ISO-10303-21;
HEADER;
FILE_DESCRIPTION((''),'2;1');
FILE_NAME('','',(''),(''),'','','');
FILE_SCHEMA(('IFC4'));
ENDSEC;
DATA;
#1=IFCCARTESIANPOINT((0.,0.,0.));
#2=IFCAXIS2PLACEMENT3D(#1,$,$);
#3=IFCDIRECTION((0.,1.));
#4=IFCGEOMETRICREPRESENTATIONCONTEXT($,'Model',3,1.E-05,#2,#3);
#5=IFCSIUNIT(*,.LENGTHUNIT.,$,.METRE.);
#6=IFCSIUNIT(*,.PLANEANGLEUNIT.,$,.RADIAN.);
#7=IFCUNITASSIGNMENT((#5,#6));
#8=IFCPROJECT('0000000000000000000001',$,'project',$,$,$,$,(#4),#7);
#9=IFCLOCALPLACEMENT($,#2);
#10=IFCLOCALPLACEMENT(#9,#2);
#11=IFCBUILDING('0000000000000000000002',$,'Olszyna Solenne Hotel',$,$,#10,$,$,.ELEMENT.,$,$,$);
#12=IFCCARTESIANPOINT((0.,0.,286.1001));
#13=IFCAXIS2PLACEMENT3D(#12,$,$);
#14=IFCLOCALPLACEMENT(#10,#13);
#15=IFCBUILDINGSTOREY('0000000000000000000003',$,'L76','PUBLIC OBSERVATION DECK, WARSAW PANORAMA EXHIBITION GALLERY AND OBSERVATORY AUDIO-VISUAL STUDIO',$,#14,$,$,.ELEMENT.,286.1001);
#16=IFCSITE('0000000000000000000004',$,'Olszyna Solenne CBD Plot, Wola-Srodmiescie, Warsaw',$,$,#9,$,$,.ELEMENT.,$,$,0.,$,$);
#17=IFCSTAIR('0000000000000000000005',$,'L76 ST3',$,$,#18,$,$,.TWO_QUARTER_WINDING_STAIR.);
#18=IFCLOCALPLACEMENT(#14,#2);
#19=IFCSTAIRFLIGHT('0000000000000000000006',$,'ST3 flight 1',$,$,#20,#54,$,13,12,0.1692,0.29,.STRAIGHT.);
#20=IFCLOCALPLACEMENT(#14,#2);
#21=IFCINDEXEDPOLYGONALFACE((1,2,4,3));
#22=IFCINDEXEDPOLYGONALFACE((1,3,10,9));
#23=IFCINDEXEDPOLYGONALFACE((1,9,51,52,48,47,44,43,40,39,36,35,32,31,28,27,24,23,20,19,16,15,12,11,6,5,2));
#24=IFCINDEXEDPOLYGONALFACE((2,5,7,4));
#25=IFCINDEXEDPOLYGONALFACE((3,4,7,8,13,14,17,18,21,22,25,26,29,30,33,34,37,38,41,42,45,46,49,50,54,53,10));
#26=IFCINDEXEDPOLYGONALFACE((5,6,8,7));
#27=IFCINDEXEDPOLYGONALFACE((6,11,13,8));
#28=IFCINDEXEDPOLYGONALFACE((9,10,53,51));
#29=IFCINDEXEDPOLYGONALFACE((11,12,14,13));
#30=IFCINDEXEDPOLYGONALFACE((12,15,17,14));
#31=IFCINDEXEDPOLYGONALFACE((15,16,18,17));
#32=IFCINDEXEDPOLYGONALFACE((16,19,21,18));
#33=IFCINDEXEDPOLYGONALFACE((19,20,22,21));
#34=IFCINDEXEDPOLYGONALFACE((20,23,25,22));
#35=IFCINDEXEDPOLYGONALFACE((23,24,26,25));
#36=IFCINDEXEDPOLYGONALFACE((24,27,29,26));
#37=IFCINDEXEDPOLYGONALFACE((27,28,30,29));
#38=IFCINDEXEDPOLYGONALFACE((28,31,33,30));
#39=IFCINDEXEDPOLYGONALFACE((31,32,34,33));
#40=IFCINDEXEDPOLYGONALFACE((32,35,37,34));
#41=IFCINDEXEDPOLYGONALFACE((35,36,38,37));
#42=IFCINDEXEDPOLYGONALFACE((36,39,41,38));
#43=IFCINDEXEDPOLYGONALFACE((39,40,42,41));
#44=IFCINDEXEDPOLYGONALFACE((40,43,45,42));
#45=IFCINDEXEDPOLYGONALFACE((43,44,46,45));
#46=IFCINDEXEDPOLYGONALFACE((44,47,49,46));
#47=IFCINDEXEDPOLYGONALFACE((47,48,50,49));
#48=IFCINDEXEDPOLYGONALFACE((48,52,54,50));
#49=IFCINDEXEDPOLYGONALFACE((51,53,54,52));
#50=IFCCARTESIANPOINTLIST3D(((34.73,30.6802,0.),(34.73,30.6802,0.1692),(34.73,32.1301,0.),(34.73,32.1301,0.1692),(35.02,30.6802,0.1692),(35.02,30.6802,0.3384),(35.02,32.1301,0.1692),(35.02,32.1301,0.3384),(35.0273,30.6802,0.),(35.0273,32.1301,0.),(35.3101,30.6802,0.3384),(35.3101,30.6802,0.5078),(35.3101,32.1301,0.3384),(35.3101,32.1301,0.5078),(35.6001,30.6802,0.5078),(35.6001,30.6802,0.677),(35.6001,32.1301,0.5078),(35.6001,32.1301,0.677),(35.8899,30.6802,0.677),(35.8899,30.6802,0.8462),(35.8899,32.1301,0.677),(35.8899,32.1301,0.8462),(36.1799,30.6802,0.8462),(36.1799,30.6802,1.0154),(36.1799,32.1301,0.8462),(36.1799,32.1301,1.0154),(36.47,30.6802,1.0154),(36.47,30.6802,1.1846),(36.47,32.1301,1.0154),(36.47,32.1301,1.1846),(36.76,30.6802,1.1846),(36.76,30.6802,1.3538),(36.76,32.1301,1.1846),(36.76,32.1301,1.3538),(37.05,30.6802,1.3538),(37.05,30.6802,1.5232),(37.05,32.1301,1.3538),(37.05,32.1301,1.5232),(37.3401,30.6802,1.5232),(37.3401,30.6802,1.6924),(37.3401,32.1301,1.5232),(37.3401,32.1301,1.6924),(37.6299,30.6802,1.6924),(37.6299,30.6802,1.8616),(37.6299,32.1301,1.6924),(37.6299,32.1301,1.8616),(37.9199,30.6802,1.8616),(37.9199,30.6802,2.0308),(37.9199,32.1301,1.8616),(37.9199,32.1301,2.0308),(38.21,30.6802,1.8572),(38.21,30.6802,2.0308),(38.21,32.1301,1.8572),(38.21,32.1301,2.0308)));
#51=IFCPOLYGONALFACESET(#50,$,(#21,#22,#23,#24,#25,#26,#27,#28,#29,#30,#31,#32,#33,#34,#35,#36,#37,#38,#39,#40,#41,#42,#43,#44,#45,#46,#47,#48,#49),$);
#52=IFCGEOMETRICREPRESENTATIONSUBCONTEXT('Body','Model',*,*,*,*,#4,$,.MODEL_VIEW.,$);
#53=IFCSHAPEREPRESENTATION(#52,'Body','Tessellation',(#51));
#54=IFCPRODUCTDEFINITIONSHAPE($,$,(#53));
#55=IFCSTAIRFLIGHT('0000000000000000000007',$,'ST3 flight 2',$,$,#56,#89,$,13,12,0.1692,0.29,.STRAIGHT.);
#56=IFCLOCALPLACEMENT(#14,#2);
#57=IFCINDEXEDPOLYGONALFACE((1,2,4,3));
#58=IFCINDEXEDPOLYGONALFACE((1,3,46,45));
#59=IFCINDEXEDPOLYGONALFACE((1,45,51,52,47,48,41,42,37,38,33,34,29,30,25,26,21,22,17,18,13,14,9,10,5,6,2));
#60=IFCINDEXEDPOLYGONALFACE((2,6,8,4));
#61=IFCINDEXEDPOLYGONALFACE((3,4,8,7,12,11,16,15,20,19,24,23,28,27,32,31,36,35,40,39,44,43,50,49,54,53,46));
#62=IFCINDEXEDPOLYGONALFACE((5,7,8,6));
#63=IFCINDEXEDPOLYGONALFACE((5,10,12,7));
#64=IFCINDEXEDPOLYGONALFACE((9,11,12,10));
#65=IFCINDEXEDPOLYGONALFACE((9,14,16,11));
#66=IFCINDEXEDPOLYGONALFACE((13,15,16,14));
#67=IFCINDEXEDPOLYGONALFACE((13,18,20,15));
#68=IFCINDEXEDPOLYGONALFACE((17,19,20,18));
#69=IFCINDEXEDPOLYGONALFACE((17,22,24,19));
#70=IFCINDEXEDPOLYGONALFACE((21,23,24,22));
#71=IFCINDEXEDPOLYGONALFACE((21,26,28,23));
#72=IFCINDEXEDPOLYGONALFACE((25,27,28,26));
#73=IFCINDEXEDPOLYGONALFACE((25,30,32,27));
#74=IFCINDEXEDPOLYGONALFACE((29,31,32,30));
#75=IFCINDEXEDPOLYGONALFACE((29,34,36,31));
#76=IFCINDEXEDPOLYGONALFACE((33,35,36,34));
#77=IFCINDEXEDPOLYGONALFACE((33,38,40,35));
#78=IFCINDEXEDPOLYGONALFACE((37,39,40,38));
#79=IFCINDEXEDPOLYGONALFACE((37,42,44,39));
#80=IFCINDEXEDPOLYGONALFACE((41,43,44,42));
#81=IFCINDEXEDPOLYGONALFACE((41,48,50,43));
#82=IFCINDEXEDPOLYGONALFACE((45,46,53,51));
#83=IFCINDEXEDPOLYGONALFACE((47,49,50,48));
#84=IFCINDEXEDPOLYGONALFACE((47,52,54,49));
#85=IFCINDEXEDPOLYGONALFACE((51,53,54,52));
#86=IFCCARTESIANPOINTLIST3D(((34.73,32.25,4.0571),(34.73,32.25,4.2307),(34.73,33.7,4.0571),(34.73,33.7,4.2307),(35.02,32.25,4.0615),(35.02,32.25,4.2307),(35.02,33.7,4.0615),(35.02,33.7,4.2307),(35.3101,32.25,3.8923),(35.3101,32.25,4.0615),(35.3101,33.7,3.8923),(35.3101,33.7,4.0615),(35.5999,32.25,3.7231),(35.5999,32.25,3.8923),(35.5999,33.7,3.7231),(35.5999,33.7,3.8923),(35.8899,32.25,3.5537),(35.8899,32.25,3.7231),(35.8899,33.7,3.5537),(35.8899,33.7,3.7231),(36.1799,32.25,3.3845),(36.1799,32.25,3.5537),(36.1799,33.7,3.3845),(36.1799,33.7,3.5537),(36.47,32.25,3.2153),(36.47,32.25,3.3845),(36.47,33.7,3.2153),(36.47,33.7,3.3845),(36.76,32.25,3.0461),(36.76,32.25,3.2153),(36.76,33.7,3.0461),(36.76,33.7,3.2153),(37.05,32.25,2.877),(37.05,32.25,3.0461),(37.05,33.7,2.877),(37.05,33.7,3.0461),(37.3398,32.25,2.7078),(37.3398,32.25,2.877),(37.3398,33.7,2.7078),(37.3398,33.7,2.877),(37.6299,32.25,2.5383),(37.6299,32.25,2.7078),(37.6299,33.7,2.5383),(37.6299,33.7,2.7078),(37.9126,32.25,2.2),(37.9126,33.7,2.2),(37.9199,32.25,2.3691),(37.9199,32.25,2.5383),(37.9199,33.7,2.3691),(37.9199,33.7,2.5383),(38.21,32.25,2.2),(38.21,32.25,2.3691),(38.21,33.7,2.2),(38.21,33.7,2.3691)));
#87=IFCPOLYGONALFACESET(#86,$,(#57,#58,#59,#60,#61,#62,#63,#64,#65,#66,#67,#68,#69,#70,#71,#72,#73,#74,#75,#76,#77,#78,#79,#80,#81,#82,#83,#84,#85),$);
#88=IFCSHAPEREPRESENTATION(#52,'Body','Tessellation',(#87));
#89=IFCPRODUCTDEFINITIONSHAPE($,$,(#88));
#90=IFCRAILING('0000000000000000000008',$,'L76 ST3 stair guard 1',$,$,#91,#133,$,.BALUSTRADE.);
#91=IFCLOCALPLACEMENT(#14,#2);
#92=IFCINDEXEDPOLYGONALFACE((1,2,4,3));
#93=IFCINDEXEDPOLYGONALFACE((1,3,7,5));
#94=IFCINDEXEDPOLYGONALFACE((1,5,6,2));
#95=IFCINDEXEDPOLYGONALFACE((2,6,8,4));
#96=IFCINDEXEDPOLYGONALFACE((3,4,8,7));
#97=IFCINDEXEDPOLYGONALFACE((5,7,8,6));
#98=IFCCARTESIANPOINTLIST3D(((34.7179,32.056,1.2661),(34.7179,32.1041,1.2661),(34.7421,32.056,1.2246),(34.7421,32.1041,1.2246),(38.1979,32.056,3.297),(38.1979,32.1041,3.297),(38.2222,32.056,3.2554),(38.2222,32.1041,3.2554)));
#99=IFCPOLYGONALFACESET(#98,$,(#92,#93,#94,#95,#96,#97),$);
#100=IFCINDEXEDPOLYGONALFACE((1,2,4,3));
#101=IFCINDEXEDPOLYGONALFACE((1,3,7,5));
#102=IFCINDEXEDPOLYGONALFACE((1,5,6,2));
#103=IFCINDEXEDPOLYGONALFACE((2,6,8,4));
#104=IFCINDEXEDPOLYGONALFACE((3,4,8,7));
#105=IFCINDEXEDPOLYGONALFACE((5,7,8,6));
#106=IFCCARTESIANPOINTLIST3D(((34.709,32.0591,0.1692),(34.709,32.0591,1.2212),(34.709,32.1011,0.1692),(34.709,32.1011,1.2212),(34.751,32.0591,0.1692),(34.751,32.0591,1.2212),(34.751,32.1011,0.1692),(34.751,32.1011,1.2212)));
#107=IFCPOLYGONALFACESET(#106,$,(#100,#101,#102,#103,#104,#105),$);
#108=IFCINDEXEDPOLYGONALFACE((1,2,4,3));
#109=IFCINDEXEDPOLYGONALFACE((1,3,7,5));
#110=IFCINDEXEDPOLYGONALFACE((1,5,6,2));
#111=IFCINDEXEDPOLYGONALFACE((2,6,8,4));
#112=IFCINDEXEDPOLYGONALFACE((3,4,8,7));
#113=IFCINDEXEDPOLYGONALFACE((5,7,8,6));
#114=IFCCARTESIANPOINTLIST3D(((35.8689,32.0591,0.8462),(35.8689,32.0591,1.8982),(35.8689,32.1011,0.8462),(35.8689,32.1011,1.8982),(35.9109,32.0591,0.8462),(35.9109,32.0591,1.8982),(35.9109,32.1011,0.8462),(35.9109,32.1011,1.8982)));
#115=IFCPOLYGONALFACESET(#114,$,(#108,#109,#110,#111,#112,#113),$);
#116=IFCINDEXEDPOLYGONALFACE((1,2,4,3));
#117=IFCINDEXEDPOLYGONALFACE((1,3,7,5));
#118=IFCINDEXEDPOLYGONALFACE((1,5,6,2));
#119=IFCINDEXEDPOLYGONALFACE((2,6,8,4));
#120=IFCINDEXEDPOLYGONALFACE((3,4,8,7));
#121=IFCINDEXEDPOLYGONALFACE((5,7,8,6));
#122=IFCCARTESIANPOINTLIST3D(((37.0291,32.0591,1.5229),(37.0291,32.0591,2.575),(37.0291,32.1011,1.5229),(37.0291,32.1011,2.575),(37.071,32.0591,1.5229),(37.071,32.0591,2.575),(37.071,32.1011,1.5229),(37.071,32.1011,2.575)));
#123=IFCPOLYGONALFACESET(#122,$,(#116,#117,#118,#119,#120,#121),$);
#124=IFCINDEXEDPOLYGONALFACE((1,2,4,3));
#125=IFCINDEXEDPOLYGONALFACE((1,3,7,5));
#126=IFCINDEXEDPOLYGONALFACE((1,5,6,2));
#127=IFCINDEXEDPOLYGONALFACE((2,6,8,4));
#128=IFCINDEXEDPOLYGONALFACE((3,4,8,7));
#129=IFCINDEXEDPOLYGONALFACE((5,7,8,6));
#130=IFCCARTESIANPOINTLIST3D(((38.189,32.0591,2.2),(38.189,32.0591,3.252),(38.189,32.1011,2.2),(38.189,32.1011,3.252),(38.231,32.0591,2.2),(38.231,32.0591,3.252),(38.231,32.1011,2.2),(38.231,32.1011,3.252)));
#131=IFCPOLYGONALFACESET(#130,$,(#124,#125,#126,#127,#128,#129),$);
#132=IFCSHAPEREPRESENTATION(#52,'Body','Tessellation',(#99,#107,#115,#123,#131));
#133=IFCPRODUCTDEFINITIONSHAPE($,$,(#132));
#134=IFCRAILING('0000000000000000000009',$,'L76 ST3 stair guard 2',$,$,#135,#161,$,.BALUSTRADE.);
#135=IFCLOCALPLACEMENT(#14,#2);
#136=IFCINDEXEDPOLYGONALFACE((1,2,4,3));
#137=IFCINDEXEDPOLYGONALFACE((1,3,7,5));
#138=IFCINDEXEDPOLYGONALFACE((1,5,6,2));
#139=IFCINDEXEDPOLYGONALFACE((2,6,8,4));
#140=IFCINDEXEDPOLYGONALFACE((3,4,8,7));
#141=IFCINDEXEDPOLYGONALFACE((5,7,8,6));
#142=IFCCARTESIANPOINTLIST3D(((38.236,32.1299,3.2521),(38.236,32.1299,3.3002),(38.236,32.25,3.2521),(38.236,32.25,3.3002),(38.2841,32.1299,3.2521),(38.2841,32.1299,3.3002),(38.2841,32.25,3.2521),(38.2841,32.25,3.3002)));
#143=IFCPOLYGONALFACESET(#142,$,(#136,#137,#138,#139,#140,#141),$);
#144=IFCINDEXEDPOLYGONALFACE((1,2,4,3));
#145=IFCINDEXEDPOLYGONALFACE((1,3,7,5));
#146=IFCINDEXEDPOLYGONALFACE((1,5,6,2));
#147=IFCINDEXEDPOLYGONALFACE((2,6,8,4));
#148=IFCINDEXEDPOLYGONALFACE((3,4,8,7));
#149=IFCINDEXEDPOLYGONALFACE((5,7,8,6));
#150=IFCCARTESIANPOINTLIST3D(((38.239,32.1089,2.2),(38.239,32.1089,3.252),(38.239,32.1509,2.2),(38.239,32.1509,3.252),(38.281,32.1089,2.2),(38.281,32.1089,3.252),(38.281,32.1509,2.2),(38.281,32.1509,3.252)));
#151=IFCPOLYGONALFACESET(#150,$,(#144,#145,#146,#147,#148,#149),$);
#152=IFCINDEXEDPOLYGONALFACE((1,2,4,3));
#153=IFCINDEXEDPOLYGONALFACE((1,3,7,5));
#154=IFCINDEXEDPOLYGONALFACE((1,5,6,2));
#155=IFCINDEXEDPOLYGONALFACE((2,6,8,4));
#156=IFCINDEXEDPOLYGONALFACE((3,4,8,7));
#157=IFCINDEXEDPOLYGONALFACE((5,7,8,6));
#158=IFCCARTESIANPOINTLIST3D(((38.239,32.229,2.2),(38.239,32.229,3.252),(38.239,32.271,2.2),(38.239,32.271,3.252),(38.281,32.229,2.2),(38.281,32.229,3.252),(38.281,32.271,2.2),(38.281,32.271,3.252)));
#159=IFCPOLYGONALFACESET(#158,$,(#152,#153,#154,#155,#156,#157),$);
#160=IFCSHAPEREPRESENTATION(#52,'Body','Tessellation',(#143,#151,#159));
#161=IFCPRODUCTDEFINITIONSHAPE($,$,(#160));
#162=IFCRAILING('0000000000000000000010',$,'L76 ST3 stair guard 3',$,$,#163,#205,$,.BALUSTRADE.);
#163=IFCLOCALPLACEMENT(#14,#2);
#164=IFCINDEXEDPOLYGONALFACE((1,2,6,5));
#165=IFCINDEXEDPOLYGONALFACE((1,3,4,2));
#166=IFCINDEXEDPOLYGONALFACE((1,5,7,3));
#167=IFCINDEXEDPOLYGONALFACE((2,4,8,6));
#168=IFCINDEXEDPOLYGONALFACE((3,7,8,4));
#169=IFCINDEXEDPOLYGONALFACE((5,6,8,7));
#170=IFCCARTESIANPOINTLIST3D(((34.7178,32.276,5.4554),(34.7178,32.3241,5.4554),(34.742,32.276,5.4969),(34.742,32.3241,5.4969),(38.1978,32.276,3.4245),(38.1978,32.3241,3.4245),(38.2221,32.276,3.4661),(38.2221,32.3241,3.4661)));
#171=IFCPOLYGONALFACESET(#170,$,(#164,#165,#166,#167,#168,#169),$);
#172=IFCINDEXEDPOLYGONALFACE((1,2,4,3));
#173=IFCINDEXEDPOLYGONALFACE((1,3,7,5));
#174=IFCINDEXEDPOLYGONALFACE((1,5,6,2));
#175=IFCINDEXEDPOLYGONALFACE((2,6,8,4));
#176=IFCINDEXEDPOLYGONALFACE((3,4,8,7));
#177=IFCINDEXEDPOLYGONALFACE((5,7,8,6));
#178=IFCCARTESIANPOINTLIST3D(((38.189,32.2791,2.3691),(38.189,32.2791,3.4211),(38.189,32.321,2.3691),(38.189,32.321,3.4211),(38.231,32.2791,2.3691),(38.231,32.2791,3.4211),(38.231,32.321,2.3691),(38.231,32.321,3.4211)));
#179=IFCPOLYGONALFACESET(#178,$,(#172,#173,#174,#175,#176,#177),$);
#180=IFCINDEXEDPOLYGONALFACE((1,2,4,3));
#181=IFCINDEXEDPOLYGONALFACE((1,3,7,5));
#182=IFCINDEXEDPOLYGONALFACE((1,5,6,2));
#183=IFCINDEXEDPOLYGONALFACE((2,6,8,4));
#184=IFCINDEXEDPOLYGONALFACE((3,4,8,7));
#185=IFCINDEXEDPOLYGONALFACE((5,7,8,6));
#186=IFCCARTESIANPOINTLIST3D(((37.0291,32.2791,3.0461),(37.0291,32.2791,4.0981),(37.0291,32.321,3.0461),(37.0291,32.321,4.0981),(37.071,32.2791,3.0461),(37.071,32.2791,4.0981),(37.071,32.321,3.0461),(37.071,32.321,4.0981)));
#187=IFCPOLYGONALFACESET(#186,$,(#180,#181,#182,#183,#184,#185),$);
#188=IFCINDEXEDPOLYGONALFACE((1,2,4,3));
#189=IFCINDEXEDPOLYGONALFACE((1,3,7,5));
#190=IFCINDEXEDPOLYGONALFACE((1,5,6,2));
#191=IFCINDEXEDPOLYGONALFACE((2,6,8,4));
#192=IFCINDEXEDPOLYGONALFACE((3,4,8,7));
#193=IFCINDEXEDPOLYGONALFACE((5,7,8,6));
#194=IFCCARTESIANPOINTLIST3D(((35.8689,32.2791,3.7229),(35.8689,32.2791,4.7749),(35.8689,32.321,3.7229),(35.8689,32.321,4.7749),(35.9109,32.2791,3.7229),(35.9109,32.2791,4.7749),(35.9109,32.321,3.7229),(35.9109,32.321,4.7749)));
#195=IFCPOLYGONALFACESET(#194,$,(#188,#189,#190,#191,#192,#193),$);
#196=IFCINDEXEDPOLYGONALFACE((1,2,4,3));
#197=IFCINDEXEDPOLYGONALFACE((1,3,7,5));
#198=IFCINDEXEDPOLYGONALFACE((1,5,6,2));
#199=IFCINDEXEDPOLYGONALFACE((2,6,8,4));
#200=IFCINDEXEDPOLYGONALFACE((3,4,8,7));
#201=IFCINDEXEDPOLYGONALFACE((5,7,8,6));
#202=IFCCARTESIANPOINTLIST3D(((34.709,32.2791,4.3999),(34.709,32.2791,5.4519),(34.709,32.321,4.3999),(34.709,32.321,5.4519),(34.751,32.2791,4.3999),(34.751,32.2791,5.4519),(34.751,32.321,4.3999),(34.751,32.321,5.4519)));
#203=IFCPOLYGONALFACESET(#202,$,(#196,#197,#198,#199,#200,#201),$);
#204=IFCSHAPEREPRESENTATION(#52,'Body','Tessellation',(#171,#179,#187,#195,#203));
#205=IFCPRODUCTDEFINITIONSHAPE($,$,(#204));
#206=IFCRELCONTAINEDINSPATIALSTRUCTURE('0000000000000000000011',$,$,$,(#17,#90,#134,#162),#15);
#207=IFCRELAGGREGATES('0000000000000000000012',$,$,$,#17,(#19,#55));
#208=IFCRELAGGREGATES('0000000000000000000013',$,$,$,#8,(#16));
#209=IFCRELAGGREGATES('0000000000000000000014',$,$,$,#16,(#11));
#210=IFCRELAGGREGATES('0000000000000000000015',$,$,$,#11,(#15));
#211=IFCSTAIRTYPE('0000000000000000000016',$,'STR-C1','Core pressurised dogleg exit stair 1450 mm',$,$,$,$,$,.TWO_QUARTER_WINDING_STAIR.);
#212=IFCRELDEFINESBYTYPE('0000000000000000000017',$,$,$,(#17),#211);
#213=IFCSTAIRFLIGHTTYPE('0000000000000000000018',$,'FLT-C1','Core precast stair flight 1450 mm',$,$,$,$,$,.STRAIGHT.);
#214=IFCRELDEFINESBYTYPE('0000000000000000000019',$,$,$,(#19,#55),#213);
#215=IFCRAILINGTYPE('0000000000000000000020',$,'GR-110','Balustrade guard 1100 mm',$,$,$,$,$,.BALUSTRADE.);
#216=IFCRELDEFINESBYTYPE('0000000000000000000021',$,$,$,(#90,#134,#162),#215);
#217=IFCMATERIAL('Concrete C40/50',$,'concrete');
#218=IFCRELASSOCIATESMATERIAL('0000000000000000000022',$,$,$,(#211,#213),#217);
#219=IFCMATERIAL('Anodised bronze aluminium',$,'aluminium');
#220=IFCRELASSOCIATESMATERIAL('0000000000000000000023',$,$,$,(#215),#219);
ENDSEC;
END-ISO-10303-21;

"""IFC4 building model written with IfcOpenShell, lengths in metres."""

from ifc_helpers import new_model, si_unit, direction, frame, origin, origin_2d, place, context, subcontext, project, spatial, polyline, rectangle, outline, extrude, material, type_object, element, aggregate, save


model = new_model("IFC4")

# Units and contexts
model_context = context("Model", 3, precision=1e-05, world=origin(), true_north=direction((0.0, 1.0)))
body_context = subcontext(model_context, "Body", "Model", "MODEL_VIEW")
ifc_project = project(units=[si_unit("LENGTHUNIT", "METRE"), si_unit("PLANEANGLEUNIT", "RADIAN")], contexts=[model_context])

# Site, building, storey
site_placement = place(None, origin())
site = spatial("IfcSite", under=ifc_project, at=site_placement, Name="Olszyna Solenne CBD Plot, Wola-Srodmiescie, Warsaw", CompositionType="ELEMENT", RefElevation=0.0)
building_placement = place(site_placement, origin())
building = spatial("IfcBuilding", under=site, at=building_placement, Name="Olszyna Solenne Hotel", CompositionType="ELEMENT")
storey_placement = place(building_placement, frame((0.0, 0.0, 286.1001)))
storey = spatial("IfcBuildingStorey", under=building, at=storey_placement, Name="L76", Description="PUBLIC OBSERVATION DECK, WARSAW PANORAMA EXHIBITION GALLERY AND OBSERVATORY AUDIO-VISUAL STUDIO", CompositionType="ELEMENT", Elevation=286.1001)

# Shared definitions
ifc_material_1 = material(Name="Anodised bronze aluminium", Category="aluminium")

# Stair, stair flights
ifc_material_2 = material(Name="Concrete C40/50", Category="concrete")
stair_type = type_object("IfcStairType", Name="STR-C1", Description="Core pressurised dogleg exit stair 1450 mm", PredefinedType="TWO_QUARTER_WINDING_STAIR", material=ifc_material_2)
stair_placement = place(storey_placement, origin())
stair = element("IfcStair", 1, at=stair_placement, inside=storey, type_object=stair_type, Name="L76 ST3", PredefinedType="TWO_QUARTER_WINDING_STAIR")
stair_flight_type = type_object("IfcStairFlightType", Name="FLT-C1", Description="Core precast stair flight 1450 mm", PredefinedType="STRAIGHT", material=ifc_material_2)
stair_flight_1_placement = place(storey_placement, frame((34.73, 31.405, 0.0), z_axis=(0.0, 0.0, 1.0), x_axis=(1.0, 0.0, 0.0)))
stair_flight_1 = element("IfcStairFlight", 2, at=stair_flight_1_placement, type_object=stair_flight_type, Name="ST3 flight 1", NumberOfRisers=13, NumberOfTreads=12, PredefinedType="STRAIGHT", RiserHeight=0.1692, TreadLength=0.29, context=body_context, shape_type="SweptSolid", body=[
    extrude(outline(polyline([(0.0, 0.0), (0.0, 0.1692), (0.29, 0.1692), (0.29, 0.3384), (0.5801, 0.3384), (0.5801, 0.5078), (0.8701, 0.5078), (0.8701, 0.677), (1.1599, 0.677), (1.1599, 0.8462), (1.45, 0.8462), (1.45, 1.0154), (1.74, 1.0154), (1.74, 1.1846), (2.03, 1.1846), (2.03, 1.3538), (2.3201, 1.3538), (2.3201, 1.5232), (2.6101, 1.5232), (2.6101, 1.6924), (2.8999, 1.6924), (2.8999, 1.8616), (3.1899, 1.8616), (3.1899, 2.0308), (3.48, 2.0308), (3.48, 2.2), (3.48, 1.8572), (0.2974, 0.0), (0.0, 0.0)])), frame((0.0, 0.7251, 0.0), z_axis=(0.0, -1.0, 0.0), x_axis=(1.0, 0.0, 0.0)), (0.0, 0.0, 1.0), 1.45),
])
stair_flight_2_placement = place(storey_placement, frame((38.21, 32.9751, 2.2), z_axis=(0.0, 0.0, 1.0), x_axis=(-1.0, 0.0, 0.0)))
stair_flight_2 = element("IfcStairFlight", 3, at=stair_flight_2_placement, type_object=stair_flight_type, Name="ST3 flight 2", NumberOfRisers=13, NumberOfTreads=12, PredefinedType="STRAIGHT", RiserHeight=0.1692, TreadLength=0.29, context=body_context, shape_type="SweptSolid", body=[
    extrude(outline(polyline([(0.0, 0.0), (0.0, 0.1692), (0.29, 0.1692), (0.29, 0.3384), (0.5801, 0.3384), (0.5801, 0.5078), (0.8701, 0.5078), (0.8701, 0.677), (1.1599, 0.677), (1.1599, 0.8462), (1.45, 0.8462), (1.45, 1.0154), (1.74, 1.0154), (1.74, 1.1846), (2.03, 1.1846), (2.03, 1.3538), (2.3201, 1.3538), (2.3201, 1.5232), (2.6101, 1.5232), (2.6101, 1.6924), (2.8999, 1.6924), (2.8999, 1.8616), (3.1899, 1.8616), (3.1899, 2.0308), (3.48, 2.0308), (3.48, 2.2), (3.48, 1.8572), (0.2974, 0.0), (0.0, 0.0)])), frame((0.0, 0.7251, 0.0), z_axis=(0.0, -1.0, 0.0), x_axis=(1.0, 0.0, 0.0)), (0.0, 0.0, 1.0), 1.45),
])
aggregate(stair, [stair_flight_1, stair_flight_2])

# Railings
railing_type_1 = type_object("IfcRailingType", Name="GR-110", Description="Balustrade guard 1100 mm", PredefinedType="BALUSTRADE", material=ifc_material_1)
railing_1_placement = place(storey_placement, frame((34.73, 32.0801, 0.1692)))
element("IfcRailing", 4, at=railing_1_placement, inside=storey, type_object=railing_type_1, Name="L76 ST3 stair guard 1", PredefinedType="BALUSTRADE", context=body_context, shape_type="SweptSolid", body=[
    extrude(rectangle(XDim=0.0481, YDim=0.0481, at=origin_2d()), frame((0.0, 0.0, 1.0762), z_axis=(0.863695, 0.0, 0.504014), x_axis=(0.0, 1.0, 0.0)), (0.0, 0.0, 1.0), 4.0293),
    extrude(rectangle(XDim=0.042, YDim=0.042, at=origin_2d()), origin(), (0.0, 0.0, 1.0), 1.052),
    extrude(rectangle(XDim=0.042, YDim=0.042, at=origin_2d()), frame((1.1599, 0.0, 0.677)), (0.0, 0.0, 1.0), 1.052),
    extrude(rectangle(XDim=0.042, YDim=0.042, at=origin_2d()), frame((2.3201, 0.0, 1.3538)), (0.0, 0.0, 1.0), 1.052),
    extrude(rectangle(XDim=0.042, YDim=0.042, at=origin_2d()), frame((3.48, 0.0, 2.0308)), (0.0, 0.0, 1.0), 1.052),
])
railing_2_placement = place(storey_placement, frame((38.26, 32.1299, 2.2)))
element("IfcRailing", 5, at=railing_2_placement, inside=storey, type_object=railing_type_1, Name="L76 ST3 stair guard 2", PredefinedType="BALUSTRADE", context=body_context, shape_type="SweptSolid", body=[
    extrude(rectangle(XDim=0.0481, YDim=0.0481, at=origin_2d()), frame((0.0, 0.0, 1.0762), z_axis=(0.0, 1.0, 0.0), x_axis=(-1.0, 0.0, 0.0)), (0.0, 0.0, 1.0), 0.1201),
    extrude(rectangle(XDim=0.042, YDim=0.042, at=origin_2d()), origin(), (0.0, 0.0, 1.0), 1.052),
    extrude(rectangle(XDim=0.042, YDim=0.042, at=origin_2d()), frame((0.0, 0.1201, 0.0)), (0.0, 0.0, 1.0), 1.052),
])
railing_3_placement = place(storey_placement, frame((38.21, 32.3, 2.3691)))
element("IfcRailing", 6, at=railing_3_placement, inside=storey, type_object=railing_type_1, Name="L76 ST3 stair guard 3", PredefinedType="BALUSTRADE", context=body_context, shape_type="SweptSolid", body=[
    extrude(rectangle(XDim=0.0481, YDim=0.0481, at=origin_2d()), frame((0.0, 0.0, 1.0762), z_axis=(-0.863695, 0.0, 0.504014), x_axis=(0.0, -1.0, 0.0)), (0.0, 0.0, 1.0), 4.0293),
    extrude(rectangle(XDim=0.042, YDim=0.042, at=origin_2d()), origin(), (0.0, 0.0, 1.0), 1.052),
    extrude(rectangle(XDim=0.042, YDim=0.042, at=origin_2d()), frame((-1.1599, 0.0, 0.677)), (0.0, 0.0, 1.0), 1.052),
    extrude(rectangle(XDim=0.042, YDim=0.042, at=origin_2d()), frame((-2.3201, 0.0, 1.3538)), (0.0, 0.0, 1.0), 1.052),
    extrude(rectangle(XDim=0.042, YDim=0.042, at=origin_2d()), frame((-3.48, 0.0, 2.0308)), (0.0, 0.0, 1.0), 1.052),
])

save(model, "model.ifc")
